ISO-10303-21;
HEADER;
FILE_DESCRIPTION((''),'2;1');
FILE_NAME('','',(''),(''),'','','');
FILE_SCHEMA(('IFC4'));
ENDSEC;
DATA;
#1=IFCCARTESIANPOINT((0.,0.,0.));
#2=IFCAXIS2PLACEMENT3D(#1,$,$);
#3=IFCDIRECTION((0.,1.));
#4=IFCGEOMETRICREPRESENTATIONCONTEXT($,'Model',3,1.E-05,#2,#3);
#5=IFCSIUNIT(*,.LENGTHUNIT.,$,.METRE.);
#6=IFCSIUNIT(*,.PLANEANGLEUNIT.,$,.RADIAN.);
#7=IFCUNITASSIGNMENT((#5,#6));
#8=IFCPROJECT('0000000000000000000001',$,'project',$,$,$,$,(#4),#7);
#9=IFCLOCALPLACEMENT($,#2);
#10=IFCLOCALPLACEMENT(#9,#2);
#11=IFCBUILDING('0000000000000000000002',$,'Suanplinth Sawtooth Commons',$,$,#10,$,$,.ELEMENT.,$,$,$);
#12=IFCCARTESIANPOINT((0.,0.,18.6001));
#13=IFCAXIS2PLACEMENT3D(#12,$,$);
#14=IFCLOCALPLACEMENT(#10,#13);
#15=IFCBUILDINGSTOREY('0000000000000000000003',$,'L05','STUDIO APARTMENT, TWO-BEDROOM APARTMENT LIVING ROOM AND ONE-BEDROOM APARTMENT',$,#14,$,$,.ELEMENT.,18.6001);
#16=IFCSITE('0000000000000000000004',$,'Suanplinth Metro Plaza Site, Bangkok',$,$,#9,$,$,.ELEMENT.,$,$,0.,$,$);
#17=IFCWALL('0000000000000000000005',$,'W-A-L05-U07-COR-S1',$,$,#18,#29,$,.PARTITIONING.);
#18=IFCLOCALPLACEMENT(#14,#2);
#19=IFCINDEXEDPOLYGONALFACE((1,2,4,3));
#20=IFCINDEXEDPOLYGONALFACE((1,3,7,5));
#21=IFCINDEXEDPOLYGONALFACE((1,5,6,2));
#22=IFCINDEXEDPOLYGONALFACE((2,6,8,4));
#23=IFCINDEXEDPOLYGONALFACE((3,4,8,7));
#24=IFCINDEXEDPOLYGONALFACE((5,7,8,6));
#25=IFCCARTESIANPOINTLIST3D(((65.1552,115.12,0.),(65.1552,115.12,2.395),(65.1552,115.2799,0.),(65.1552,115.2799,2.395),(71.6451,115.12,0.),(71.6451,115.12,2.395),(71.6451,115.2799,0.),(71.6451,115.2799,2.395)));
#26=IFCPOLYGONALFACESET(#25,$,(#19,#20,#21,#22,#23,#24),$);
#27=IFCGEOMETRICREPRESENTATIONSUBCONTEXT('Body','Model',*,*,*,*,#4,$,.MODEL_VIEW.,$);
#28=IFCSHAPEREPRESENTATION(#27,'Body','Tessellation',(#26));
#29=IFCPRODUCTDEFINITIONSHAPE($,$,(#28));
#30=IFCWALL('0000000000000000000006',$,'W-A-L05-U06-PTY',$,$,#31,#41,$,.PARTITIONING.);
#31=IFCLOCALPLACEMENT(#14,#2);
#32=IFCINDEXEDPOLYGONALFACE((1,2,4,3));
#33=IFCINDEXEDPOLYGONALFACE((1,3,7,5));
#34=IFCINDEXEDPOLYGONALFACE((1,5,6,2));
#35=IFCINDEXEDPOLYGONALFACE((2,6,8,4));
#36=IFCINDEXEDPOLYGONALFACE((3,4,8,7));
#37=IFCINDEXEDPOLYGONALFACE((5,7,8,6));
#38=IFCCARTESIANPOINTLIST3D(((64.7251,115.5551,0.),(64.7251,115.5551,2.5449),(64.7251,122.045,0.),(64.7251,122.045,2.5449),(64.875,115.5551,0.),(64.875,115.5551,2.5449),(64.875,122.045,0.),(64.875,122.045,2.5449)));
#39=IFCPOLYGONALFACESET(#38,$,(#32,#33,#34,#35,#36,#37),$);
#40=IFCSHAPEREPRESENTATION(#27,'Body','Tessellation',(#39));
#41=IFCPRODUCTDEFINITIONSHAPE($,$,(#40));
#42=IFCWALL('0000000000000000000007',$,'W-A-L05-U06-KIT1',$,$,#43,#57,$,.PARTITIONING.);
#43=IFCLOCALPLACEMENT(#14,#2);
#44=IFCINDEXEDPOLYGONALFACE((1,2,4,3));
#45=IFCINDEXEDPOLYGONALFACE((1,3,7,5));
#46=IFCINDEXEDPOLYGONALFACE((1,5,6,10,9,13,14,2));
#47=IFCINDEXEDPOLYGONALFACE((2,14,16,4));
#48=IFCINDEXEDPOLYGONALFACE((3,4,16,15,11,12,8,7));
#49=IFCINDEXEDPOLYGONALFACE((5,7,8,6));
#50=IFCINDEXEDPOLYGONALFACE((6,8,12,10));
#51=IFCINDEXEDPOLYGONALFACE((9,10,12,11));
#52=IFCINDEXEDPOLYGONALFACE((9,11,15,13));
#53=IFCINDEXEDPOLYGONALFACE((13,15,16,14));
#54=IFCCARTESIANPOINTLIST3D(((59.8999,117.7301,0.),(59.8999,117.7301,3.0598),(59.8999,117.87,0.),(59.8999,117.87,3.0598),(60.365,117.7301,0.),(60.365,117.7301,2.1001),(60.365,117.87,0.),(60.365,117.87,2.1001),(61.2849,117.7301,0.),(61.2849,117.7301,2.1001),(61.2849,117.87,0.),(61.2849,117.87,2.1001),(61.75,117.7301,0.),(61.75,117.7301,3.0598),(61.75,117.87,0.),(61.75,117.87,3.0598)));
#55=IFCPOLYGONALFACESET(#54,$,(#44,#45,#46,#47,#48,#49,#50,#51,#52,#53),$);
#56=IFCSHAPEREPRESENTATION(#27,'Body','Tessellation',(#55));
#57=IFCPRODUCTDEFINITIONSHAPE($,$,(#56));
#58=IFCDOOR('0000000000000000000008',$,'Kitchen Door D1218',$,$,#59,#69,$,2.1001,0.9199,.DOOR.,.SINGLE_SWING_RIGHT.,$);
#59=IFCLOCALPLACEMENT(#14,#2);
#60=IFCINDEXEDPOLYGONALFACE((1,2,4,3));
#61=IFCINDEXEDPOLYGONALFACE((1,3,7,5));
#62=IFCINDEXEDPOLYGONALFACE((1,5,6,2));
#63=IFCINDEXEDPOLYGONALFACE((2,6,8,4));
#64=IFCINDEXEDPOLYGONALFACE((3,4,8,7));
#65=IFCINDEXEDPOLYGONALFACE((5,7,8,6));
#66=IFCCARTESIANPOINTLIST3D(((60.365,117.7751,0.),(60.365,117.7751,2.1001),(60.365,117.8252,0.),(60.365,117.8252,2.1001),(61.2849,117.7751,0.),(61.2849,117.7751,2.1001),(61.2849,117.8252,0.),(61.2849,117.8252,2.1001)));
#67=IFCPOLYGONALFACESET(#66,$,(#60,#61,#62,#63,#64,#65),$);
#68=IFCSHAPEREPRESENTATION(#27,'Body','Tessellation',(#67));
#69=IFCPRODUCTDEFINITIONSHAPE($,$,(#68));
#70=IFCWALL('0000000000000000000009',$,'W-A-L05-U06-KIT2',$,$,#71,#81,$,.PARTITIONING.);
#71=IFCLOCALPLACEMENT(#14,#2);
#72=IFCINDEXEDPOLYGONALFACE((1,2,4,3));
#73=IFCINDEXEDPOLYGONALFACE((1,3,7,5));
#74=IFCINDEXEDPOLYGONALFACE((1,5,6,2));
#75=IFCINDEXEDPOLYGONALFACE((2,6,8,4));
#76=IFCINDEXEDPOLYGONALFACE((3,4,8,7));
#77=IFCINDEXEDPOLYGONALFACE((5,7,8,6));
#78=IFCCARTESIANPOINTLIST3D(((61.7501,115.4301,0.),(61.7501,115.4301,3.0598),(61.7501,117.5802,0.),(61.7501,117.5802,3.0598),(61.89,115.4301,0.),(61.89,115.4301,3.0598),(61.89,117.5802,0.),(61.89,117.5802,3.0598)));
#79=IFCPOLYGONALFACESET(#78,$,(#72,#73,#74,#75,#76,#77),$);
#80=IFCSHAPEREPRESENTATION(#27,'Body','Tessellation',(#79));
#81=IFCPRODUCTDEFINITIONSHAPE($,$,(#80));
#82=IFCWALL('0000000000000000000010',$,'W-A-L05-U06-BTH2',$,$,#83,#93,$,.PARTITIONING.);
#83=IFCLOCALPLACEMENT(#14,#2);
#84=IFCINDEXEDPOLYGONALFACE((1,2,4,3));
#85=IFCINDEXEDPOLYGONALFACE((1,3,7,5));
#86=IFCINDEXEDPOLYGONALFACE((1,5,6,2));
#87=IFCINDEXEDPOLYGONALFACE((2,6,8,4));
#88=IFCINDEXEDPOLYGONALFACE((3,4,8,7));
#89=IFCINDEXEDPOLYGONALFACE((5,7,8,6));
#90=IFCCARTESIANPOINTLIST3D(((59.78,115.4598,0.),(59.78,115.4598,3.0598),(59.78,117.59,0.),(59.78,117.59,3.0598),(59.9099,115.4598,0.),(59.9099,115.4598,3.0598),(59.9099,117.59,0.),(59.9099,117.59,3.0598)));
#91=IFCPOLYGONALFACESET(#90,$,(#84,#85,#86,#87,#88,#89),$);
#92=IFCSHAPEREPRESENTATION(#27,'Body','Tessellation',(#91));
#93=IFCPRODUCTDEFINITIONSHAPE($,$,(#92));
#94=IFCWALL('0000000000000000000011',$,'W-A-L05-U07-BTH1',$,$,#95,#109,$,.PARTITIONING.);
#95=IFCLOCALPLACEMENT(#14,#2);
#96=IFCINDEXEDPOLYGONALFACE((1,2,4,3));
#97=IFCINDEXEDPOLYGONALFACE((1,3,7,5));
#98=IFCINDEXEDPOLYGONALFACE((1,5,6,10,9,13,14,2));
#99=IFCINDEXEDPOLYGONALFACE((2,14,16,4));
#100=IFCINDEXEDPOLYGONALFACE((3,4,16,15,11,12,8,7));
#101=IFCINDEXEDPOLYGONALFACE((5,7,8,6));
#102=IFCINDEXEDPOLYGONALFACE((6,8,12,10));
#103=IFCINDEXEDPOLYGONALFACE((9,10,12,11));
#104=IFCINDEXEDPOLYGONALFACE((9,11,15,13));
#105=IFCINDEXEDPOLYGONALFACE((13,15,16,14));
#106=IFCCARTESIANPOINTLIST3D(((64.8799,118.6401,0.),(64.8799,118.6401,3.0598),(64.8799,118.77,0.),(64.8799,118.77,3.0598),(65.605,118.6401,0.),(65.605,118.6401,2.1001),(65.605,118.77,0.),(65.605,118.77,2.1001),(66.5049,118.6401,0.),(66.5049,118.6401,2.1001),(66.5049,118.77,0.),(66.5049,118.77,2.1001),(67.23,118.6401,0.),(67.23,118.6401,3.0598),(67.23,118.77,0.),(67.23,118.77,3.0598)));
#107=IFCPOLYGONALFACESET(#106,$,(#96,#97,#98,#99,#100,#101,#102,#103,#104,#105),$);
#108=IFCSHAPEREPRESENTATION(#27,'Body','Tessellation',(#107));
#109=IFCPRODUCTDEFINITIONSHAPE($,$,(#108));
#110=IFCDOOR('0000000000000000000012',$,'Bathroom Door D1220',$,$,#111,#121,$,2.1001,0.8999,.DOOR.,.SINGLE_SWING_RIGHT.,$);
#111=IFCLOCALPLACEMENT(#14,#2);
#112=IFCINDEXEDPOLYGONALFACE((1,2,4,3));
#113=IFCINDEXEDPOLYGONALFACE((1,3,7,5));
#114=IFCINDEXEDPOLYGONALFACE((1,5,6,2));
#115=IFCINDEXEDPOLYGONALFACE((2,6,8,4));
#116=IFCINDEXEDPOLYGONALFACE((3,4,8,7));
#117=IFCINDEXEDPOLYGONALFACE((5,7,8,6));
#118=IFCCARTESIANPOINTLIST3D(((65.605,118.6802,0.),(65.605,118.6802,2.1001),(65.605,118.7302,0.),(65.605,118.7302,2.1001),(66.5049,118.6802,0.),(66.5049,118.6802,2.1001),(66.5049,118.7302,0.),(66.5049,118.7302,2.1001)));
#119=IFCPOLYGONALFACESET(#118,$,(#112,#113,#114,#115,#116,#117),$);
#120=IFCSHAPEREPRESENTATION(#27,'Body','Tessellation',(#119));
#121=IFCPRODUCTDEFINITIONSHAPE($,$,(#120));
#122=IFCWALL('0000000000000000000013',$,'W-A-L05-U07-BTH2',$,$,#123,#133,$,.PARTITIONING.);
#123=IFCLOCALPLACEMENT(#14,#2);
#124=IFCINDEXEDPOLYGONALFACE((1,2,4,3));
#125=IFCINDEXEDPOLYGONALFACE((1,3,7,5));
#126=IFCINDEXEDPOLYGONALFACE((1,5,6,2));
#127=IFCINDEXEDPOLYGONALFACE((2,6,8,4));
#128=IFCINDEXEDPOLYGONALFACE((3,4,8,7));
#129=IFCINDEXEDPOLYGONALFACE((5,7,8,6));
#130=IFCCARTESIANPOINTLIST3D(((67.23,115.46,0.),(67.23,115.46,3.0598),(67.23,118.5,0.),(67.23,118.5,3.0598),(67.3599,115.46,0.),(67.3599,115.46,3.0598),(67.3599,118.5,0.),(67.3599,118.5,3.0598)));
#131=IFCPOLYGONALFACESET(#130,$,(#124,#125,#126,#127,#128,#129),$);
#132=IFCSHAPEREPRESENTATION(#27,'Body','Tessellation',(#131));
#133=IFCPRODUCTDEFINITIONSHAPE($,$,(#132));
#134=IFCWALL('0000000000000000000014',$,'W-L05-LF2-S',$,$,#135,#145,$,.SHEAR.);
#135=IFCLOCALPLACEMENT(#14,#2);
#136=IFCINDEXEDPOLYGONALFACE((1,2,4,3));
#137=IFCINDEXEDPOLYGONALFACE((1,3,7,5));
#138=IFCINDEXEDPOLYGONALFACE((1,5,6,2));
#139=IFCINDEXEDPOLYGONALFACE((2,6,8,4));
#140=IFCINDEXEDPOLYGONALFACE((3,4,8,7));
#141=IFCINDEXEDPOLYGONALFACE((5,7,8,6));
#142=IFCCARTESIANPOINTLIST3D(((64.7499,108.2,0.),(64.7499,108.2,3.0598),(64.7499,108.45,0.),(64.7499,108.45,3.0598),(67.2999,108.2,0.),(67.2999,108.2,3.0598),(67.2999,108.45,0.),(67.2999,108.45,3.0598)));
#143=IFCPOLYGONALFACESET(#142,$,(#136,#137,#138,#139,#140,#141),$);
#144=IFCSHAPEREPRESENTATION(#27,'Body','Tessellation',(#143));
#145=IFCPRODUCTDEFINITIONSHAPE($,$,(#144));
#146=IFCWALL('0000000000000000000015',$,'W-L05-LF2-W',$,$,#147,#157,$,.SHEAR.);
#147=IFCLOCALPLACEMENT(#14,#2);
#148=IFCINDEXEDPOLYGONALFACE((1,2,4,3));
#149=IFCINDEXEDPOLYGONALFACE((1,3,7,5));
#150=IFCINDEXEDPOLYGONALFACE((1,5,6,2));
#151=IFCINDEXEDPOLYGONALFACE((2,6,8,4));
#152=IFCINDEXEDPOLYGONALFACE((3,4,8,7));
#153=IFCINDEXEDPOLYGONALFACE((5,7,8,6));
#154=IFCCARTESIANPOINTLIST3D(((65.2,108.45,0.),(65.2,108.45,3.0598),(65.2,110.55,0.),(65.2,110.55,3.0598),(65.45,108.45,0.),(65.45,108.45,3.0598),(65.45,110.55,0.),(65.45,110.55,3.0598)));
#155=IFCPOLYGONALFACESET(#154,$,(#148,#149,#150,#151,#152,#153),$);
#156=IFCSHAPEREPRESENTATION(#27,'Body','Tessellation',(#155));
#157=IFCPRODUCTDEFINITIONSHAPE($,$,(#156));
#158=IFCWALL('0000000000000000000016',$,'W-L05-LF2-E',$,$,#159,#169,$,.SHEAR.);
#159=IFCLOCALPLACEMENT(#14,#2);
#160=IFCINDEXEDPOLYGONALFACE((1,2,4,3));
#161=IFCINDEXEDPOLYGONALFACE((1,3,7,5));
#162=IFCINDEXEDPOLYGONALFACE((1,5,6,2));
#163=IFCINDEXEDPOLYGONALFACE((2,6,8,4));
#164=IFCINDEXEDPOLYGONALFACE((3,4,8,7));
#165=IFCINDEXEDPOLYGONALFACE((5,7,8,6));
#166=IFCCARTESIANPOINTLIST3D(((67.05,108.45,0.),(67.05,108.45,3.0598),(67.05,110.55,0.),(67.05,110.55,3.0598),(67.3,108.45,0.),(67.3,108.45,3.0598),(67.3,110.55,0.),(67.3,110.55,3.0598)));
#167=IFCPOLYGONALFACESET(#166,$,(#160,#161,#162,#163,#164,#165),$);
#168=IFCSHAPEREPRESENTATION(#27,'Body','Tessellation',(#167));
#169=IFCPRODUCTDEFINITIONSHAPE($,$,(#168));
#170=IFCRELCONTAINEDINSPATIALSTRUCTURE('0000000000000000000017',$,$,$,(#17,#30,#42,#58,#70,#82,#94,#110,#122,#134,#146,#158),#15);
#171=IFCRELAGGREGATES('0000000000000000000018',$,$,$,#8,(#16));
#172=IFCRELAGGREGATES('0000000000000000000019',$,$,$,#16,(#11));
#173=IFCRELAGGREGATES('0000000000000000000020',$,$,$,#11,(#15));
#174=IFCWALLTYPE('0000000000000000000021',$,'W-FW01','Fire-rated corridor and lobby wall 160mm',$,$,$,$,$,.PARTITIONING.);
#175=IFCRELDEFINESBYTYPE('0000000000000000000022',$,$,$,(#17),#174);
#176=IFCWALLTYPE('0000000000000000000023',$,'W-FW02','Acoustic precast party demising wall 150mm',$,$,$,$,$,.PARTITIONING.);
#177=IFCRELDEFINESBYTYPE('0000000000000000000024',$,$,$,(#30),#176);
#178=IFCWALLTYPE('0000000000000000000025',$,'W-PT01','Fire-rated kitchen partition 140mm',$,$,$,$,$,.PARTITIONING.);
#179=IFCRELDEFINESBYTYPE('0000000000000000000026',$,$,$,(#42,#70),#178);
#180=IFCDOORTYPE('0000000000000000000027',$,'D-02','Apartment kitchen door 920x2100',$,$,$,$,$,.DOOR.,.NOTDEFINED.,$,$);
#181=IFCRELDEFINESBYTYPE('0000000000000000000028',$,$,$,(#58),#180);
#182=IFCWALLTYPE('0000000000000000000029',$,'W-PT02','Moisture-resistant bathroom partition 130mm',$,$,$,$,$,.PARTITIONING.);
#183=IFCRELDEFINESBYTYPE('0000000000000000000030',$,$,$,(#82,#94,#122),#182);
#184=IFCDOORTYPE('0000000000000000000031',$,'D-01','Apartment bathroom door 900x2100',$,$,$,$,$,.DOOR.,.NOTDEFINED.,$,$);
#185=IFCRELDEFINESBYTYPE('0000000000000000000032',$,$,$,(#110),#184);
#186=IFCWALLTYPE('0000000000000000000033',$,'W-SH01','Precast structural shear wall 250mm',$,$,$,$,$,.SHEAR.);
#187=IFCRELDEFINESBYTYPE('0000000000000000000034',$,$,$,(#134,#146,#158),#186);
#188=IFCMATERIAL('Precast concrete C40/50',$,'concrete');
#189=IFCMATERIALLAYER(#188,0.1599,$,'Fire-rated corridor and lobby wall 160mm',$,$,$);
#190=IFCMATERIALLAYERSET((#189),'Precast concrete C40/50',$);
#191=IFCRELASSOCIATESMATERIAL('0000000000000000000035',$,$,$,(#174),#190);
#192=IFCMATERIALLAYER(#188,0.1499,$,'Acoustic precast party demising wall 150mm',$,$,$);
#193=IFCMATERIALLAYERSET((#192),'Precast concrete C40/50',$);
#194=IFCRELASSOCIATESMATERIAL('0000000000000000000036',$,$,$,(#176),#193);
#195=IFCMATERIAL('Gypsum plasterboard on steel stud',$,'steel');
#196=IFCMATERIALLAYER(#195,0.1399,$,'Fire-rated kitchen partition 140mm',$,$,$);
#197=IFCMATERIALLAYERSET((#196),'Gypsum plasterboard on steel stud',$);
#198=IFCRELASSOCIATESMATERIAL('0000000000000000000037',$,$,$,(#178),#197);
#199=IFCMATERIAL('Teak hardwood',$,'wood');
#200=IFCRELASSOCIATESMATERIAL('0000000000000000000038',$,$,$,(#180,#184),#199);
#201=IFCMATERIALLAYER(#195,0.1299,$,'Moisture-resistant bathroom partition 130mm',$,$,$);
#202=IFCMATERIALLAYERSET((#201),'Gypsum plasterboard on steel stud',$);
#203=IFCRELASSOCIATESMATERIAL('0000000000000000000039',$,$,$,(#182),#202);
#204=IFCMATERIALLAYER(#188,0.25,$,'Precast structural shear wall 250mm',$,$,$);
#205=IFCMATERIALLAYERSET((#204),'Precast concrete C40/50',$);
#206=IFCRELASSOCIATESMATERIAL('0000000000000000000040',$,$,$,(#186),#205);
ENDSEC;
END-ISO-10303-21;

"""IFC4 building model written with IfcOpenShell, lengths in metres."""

from ifc_helpers import new_model, si_unit, direction, frame, frame_2d, origin, place, context, subcontext, project, spatial, rectangle, extrude, material, layer, layer_set, type_object, element, fill, save


model = new_model("IFC4")

# Units and contexts
model_context = context("Model", 3, precision=1e-05, world=origin(), true_north=direction((0.0, 1.0)))
body_context = subcontext(model_context, "Body", "Model", "MODEL_VIEW")
ifc_project = project(units=[si_unit("LENGTHUNIT", "METRE"), si_unit("PLANEANGLEUNIT", "RADIAN")], contexts=[model_context])

# Site, building, storey
site_placement = place(None, origin())
site = spatial("IfcSite", under=ifc_project, at=site_placement, Name="Suanplinth Metro Plaza Site, Bangkok", CompositionType="ELEMENT", RefElevation=0.0)
building_placement = place(site_placement, origin())
building = spatial("IfcBuilding", under=site, at=building_placement, Name="Suanplinth Sawtooth Commons", CompositionType="ELEMENT")
storey_placement = place(building_placement, frame((0.0, 0.0, 18.6001)))
storey = spatial("IfcBuildingStorey", under=building, at=storey_placement, Name="L05", Description="STUDIO APARTMENT, TWO-BEDROOM APARTMENT LIVING ROOM AND ONE-BEDROOM APARTMENT", CompositionType="ELEMENT", Elevation=18.6001)

# Shared definitions
ifc_material_1 = material(Name="Precast concrete C40/50", Category="concrete")

# Shared definitions
ifc_layer_1 = layer(ifc_material_1, 0.1599, Name="Fire-rated corridor and lobby wall 160mm")
ifc_layer_set_1 = layer_set([ifc_layer_1], Name="Precast concrete C40/50")
wall_type_1 = type_object("IfcWallType", Name="W-FW01", Description="Fire-rated corridor and lobby wall 160mm", PredefinedType="PARTITIONING", material=ifc_layer_set_1)

# Walls
wall_1_placement = place(storey_placement, frame((65.155, 115.2, 0.0), z_axis=(0.0, 0.0, 1.0), x_axis=(1.0, 0.0, 0.0)))
element("IfcWall", 1, at=wall_1_placement, inside=storey, type_object=wall_type_1, Name="W-A-L05-U07-COR-S1", PredefinedType="PARTITIONING", context=body_context, shape_type="SweptSolid", body=[
    extrude(rectangle(XDim=6.49, YDim=0.1599, at=frame_2d((3.2451, 0.0))), origin(), (0.0, 0.0, 1.0), 2.395),
])
ifc_layer_2 = layer(ifc_material_1, 0.1499, Name="Acoustic precast party demising wall 150mm")
ifc_layer_set_2 = layer_set([ifc_layer_2], Name="Precast concrete C40/50")
wall_type_2 = type_object("IfcWallType", Name="W-FW02", Description="Acoustic precast party demising wall 150mm", PredefinedType="PARTITIONING", material=ifc_layer_set_2)
wall_2_placement = place(storey_placement, frame((64.8, 115.5549, 0.0), z_axis=(0.0, 0.0, 1.0), x_axis=(0.0, 1.0, 0.0)))
element("IfcWall", 2, at=wall_2_placement, inside=storey, type_object=wall_type_2, Name="W-A-L05-U06-PTY", PredefinedType="PARTITIONING", context=body_context, shape_type="SweptSolid", body=[
    extrude(rectangle(XDim=6.49, YDim=0.1499, at=frame_2d((3.2451, 0.0))), origin(), (0.0, 0.0, 1.0), 2.5449),
])

# Wall, opening, door
ifc_material_2 = material(Name="Gypsum plasterboard on steel stud", Category="steel")
ifc_layer_3 = layer(ifc_material_2, 0.1399, Name="Fire-rated kitchen partition 140mm")
ifc_layer_set_3 = layer_set([ifc_layer_3], Name="Gypsum plasterboard on steel stud")
wall_type_3 = type_object("IfcWallType", Name="W-PT01", Description="Fire-rated kitchen partition 140mm", PredefinedType="PARTITIONING", material=ifc_layer_set_3)
wall_3_placement = place(storey_placement, frame((59.8999, 117.8, 0.0), z_axis=(0.0, 0.0, 1.0), x_axis=(1.0, 0.0, 0.0)))
wall_3 = element("IfcWall", 3, at=wall_3_placement, inside=storey, type_object=wall_type_3, Name="W-A-L05-U06-KIT1", PredefinedType="PARTITIONING", context=body_context, shape_type="SweptSolid", body=[
    extrude(rectangle(XDim=1.8501, YDim=0.1399, at=frame_2d((0.925, 0.0))), origin(), (0.0, 0.0, 1.0), 3.0598),
])
opening_1_placement = place(wall_3_placement, frame((0.4651, 0.0, 0.0)))
opening_1 = element("IfcOpeningElement", 4, at=opening_1_placement, cuts=wall_3, PredefinedType="OPENING", context=body_context, shape_type="SweptSolid", body=[
    extrude(rectangle(XDim=0.9199, YDim=2.1001, at=frame_2d((0.46, 1.05))), frame((0.0, 0.085, 0.0), z_axis=(0.0, -1.0, 0.0), x_axis=(1.0, 0.0, 0.0)), (0.0, 0.0, 1.0), 0.1697),
])
ifc_material_3 = material(Name="Teak hardwood", Category="wood")
door_type_1 = type_object("IfcDoorType", Name="D-02", Description="Apartment kitchen door 920x2100", OperationType="NOTDEFINED", PredefinedType="DOOR", material=ifc_material_3)
door_1_placement = place(opening_1_placement, frame((0.9199, 0.0, 0.0), z_axis=(0.0, 0.0, 1.0), x_axis=(-1.0, 0.0, 0.0)))
door_1 = element("IfcDoor", 5, at=door_1_placement, inside=storey, type_object=door_type_1, Name="Kitchen Door D1218", OperationType="SINGLE_SWING_RIGHT", OverallHeight=2.1001, OverallWidth=0.9199, PredefinedType="DOOR", context=body_context, shape_type="SweptSolid", body=[
    extrude(rectangle(XDim=0.9199, YDim=2.1001, at=frame_2d((0.46, 1.05))), frame((0.0, 0.0249, 0.0), z_axis=(0.0, -1.0, 0.0), x_axis=(1.0, 0.0, 0.0)), (0.0, 0.0, 1.0), 0.05),
])
fill(opening_1, door_1)

# Walls
wall_4_placement = place(storey_placement, frame((61.8201, 115.4299, 0.0), z_axis=(0.0, 0.0, 1.0), x_axis=(0.0, 1.0, 0.0)))
element("IfcWall", 6, at=wall_4_placement, inside=storey, type_object=wall_type_3, Name="W-A-L05-U06-KIT2", PredefinedType="PARTITIONING", context=body_context, shape_type="SweptSolid", body=[
    extrude(rectangle(XDim=2.1501, YDim=0.1399, at=frame_2d((1.0752, 0.0))), origin(), (0.0, 0.0, 1.0), 3.0598),
])
ifc_layer_4 = layer(ifc_material_2, 0.1299, Name="Moisture-resistant bathroom partition 130mm")
ifc_layer_set_4 = layer_set([ifc_layer_4], Name="Gypsum plasterboard on steel stud")
wall_type_4 = type_object("IfcWallType", Name="W-PT02", Description="Moisture-resistant bathroom partition 130mm", PredefinedType="PARTITIONING", material=ifc_layer_set_4)
wall_5_placement = place(storey_placement, frame((59.845, 115.46, 0.0), z_axis=(0.0, 0.0, 1.0), x_axis=(0.0, 1.0, 0.0)))
element("IfcWall", 7, at=wall_5_placement, inside=storey, type_object=wall_type_4, Name="W-A-L05-U06-BTH2", PredefinedType="PARTITIONING", context=body_context, shape_type="SweptSolid", body=[
    extrude(rectangle(XDim=2.1301, YDim=0.1299, at=frame_2d((1.0649, 0.0))), origin(), (0.0, 0.0, 1.0), 3.0598),
])

# Wall, opening, door
wall_6_placement = place(storey_placement, frame((64.8799, 118.7051, 0.0), z_axis=(0.0, 0.0, 1.0), x_axis=(1.0, 0.0, 0.0)))
wall_6 = element("IfcWall", 8, at=wall_6_placement, inside=storey, type_object=wall_type_4, Name="W-A-L05-U07-BTH1", PredefinedType="PARTITIONING", context=body_context, shape_type="SweptSolid", body=[
    extrude(rectangle(XDim=2.3501, YDim=0.1299, at=frame_2d((1.175, 0.0))), origin(), (0.0, 0.0, 1.0), 3.0598),
])
opening_2_placement = place(wall_6_placement, frame((0.7251, 0.0, 0.0)))
opening_2 = element("IfcOpeningElement", 9, at=opening_2_placement, cuts=wall_6, PredefinedType="OPENING", context=body_context, shape_type="SweptSolid", body=[
    extrude(rectangle(XDim=0.8999, YDim=2.1001, at=frame_2d((0.45, 1.05))), frame((0.0, 0.0798, 0.0), z_axis=(0.0, -1.0, 0.0), x_axis=(1.0, 0.0, 0.0)), (0.0, 0.0, 1.0), 0.1597),
])
door_type_2 = type_object("IfcDoorType", Name="D-01", Description="Apartment bathroom door 900x2100", OperationType="NOTDEFINED", PredefinedType="DOOR", material=ifc_material_3)
door_2_placement = place(opening_2_placement, frame((0.8999, 0.0, 0.0), z_axis=(0.0, 0.0, 1.0), x_axis=(-1.0, 0.0, 0.0)))
door_2 = element("IfcDoor", 10, at=door_2_placement, inside=storey, type_object=door_type_2, Name="Bathroom Door D1220", OperationType="SINGLE_SWING_RIGHT", OverallHeight=2.1001, OverallWidth=0.8999, PredefinedType="DOOR", context=body_context, shape_type="SweptSolid", body=[
    extrude(rectangle(XDim=0.8999, YDim=2.1001, at=frame_2d((0.45, 1.05))), frame((0.0, 0.0249, 0.0), z_axis=(0.0, -1.0, 0.0), x_axis=(1.0, 0.0, 0.0)), (0.0, 0.0, 1.0), 0.05),
])
fill(opening_2, door_2)

# Walls
wall_7_placement = place(storey_placement, frame((67.2949, 115.46, 0.0), z_axis=(0.0, 0.0, 1.0), x_axis=(0.0, 1.0, 0.0)))
element("IfcWall", 11, at=wall_7_placement, inside=storey, type_object=wall_type_4, Name="W-A-L05-U07-BTH2", PredefinedType="PARTITIONING", context=body_context, shape_type="SweptSolid", body=[
    extrude(rectangle(XDim=3.04, YDim=0.1299, at=frame_2d((1.52, 0.0))), origin(), (0.0, 0.0, 1.0), 3.0598),
])
ifc_layer_5 = layer(ifc_material_1, 0.25, Name="Precast structural shear wall 250mm")
ifc_layer_set_5 = layer_set([ifc_layer_5], Name="Precast concrete C40/50")
wall_type_5 = type_object("IfcWallType", Name="W-SH01", Description="Precast structural shear wall 250mm", PredefinedType="SHEAR", material=ifc_layer_set_5)
wall_8_placement = place(storey_placement, frame((64.75, 108.325, 0.0), z_axis=(0.0, 0.0, 1.0), x_axis=(1.0, 0.0, 0.0)))
element("IfcWall", 12, at=wall_8_placement, inside=storey, type_object=wall_type_5, Name="W-L05-LF2-S", PredefinedType="SHEAR", context=body_context, shape_type="SweptSolid", body=[
    extrude(rectangle(XDim=2.55, YDim=0.25, at=frame_2d((1.2749, 0.0))), origin(), (0.0, 0.0, 1.0), 3.0598),
])

# Walls
for number, where, z_axis, x_axis, name in (
    (13, (65.325, 108.45, 0.0), (0.0, 0.0, 1.0), (0.0, 1.0, 0.0), "W-L05-LF2-W"),
    (14, (67.175, 108.45, 0.0), (0.0, 0.0, 1.0), (0.0, 1.0, 0.0), "W-L05-LF2-E"),
):
    element("IfcWall", number, at=place(storey_placement, frame(where, z_axis=z_axis, x_axis=x_axis)), inside=storey, type_object=wall_type_5, Name=name, PredefinedType="SHEAR", context=body_context, shape_type="SweptSolid", body=[
        extrude(rectangle(XDim=2.1001, YDim=0.25, at=frame_2d((1.05, 0.0))), origin(), (0.0, 0.0, 1.0), 3.0598),
    ])

save(model, "model.ifc")
